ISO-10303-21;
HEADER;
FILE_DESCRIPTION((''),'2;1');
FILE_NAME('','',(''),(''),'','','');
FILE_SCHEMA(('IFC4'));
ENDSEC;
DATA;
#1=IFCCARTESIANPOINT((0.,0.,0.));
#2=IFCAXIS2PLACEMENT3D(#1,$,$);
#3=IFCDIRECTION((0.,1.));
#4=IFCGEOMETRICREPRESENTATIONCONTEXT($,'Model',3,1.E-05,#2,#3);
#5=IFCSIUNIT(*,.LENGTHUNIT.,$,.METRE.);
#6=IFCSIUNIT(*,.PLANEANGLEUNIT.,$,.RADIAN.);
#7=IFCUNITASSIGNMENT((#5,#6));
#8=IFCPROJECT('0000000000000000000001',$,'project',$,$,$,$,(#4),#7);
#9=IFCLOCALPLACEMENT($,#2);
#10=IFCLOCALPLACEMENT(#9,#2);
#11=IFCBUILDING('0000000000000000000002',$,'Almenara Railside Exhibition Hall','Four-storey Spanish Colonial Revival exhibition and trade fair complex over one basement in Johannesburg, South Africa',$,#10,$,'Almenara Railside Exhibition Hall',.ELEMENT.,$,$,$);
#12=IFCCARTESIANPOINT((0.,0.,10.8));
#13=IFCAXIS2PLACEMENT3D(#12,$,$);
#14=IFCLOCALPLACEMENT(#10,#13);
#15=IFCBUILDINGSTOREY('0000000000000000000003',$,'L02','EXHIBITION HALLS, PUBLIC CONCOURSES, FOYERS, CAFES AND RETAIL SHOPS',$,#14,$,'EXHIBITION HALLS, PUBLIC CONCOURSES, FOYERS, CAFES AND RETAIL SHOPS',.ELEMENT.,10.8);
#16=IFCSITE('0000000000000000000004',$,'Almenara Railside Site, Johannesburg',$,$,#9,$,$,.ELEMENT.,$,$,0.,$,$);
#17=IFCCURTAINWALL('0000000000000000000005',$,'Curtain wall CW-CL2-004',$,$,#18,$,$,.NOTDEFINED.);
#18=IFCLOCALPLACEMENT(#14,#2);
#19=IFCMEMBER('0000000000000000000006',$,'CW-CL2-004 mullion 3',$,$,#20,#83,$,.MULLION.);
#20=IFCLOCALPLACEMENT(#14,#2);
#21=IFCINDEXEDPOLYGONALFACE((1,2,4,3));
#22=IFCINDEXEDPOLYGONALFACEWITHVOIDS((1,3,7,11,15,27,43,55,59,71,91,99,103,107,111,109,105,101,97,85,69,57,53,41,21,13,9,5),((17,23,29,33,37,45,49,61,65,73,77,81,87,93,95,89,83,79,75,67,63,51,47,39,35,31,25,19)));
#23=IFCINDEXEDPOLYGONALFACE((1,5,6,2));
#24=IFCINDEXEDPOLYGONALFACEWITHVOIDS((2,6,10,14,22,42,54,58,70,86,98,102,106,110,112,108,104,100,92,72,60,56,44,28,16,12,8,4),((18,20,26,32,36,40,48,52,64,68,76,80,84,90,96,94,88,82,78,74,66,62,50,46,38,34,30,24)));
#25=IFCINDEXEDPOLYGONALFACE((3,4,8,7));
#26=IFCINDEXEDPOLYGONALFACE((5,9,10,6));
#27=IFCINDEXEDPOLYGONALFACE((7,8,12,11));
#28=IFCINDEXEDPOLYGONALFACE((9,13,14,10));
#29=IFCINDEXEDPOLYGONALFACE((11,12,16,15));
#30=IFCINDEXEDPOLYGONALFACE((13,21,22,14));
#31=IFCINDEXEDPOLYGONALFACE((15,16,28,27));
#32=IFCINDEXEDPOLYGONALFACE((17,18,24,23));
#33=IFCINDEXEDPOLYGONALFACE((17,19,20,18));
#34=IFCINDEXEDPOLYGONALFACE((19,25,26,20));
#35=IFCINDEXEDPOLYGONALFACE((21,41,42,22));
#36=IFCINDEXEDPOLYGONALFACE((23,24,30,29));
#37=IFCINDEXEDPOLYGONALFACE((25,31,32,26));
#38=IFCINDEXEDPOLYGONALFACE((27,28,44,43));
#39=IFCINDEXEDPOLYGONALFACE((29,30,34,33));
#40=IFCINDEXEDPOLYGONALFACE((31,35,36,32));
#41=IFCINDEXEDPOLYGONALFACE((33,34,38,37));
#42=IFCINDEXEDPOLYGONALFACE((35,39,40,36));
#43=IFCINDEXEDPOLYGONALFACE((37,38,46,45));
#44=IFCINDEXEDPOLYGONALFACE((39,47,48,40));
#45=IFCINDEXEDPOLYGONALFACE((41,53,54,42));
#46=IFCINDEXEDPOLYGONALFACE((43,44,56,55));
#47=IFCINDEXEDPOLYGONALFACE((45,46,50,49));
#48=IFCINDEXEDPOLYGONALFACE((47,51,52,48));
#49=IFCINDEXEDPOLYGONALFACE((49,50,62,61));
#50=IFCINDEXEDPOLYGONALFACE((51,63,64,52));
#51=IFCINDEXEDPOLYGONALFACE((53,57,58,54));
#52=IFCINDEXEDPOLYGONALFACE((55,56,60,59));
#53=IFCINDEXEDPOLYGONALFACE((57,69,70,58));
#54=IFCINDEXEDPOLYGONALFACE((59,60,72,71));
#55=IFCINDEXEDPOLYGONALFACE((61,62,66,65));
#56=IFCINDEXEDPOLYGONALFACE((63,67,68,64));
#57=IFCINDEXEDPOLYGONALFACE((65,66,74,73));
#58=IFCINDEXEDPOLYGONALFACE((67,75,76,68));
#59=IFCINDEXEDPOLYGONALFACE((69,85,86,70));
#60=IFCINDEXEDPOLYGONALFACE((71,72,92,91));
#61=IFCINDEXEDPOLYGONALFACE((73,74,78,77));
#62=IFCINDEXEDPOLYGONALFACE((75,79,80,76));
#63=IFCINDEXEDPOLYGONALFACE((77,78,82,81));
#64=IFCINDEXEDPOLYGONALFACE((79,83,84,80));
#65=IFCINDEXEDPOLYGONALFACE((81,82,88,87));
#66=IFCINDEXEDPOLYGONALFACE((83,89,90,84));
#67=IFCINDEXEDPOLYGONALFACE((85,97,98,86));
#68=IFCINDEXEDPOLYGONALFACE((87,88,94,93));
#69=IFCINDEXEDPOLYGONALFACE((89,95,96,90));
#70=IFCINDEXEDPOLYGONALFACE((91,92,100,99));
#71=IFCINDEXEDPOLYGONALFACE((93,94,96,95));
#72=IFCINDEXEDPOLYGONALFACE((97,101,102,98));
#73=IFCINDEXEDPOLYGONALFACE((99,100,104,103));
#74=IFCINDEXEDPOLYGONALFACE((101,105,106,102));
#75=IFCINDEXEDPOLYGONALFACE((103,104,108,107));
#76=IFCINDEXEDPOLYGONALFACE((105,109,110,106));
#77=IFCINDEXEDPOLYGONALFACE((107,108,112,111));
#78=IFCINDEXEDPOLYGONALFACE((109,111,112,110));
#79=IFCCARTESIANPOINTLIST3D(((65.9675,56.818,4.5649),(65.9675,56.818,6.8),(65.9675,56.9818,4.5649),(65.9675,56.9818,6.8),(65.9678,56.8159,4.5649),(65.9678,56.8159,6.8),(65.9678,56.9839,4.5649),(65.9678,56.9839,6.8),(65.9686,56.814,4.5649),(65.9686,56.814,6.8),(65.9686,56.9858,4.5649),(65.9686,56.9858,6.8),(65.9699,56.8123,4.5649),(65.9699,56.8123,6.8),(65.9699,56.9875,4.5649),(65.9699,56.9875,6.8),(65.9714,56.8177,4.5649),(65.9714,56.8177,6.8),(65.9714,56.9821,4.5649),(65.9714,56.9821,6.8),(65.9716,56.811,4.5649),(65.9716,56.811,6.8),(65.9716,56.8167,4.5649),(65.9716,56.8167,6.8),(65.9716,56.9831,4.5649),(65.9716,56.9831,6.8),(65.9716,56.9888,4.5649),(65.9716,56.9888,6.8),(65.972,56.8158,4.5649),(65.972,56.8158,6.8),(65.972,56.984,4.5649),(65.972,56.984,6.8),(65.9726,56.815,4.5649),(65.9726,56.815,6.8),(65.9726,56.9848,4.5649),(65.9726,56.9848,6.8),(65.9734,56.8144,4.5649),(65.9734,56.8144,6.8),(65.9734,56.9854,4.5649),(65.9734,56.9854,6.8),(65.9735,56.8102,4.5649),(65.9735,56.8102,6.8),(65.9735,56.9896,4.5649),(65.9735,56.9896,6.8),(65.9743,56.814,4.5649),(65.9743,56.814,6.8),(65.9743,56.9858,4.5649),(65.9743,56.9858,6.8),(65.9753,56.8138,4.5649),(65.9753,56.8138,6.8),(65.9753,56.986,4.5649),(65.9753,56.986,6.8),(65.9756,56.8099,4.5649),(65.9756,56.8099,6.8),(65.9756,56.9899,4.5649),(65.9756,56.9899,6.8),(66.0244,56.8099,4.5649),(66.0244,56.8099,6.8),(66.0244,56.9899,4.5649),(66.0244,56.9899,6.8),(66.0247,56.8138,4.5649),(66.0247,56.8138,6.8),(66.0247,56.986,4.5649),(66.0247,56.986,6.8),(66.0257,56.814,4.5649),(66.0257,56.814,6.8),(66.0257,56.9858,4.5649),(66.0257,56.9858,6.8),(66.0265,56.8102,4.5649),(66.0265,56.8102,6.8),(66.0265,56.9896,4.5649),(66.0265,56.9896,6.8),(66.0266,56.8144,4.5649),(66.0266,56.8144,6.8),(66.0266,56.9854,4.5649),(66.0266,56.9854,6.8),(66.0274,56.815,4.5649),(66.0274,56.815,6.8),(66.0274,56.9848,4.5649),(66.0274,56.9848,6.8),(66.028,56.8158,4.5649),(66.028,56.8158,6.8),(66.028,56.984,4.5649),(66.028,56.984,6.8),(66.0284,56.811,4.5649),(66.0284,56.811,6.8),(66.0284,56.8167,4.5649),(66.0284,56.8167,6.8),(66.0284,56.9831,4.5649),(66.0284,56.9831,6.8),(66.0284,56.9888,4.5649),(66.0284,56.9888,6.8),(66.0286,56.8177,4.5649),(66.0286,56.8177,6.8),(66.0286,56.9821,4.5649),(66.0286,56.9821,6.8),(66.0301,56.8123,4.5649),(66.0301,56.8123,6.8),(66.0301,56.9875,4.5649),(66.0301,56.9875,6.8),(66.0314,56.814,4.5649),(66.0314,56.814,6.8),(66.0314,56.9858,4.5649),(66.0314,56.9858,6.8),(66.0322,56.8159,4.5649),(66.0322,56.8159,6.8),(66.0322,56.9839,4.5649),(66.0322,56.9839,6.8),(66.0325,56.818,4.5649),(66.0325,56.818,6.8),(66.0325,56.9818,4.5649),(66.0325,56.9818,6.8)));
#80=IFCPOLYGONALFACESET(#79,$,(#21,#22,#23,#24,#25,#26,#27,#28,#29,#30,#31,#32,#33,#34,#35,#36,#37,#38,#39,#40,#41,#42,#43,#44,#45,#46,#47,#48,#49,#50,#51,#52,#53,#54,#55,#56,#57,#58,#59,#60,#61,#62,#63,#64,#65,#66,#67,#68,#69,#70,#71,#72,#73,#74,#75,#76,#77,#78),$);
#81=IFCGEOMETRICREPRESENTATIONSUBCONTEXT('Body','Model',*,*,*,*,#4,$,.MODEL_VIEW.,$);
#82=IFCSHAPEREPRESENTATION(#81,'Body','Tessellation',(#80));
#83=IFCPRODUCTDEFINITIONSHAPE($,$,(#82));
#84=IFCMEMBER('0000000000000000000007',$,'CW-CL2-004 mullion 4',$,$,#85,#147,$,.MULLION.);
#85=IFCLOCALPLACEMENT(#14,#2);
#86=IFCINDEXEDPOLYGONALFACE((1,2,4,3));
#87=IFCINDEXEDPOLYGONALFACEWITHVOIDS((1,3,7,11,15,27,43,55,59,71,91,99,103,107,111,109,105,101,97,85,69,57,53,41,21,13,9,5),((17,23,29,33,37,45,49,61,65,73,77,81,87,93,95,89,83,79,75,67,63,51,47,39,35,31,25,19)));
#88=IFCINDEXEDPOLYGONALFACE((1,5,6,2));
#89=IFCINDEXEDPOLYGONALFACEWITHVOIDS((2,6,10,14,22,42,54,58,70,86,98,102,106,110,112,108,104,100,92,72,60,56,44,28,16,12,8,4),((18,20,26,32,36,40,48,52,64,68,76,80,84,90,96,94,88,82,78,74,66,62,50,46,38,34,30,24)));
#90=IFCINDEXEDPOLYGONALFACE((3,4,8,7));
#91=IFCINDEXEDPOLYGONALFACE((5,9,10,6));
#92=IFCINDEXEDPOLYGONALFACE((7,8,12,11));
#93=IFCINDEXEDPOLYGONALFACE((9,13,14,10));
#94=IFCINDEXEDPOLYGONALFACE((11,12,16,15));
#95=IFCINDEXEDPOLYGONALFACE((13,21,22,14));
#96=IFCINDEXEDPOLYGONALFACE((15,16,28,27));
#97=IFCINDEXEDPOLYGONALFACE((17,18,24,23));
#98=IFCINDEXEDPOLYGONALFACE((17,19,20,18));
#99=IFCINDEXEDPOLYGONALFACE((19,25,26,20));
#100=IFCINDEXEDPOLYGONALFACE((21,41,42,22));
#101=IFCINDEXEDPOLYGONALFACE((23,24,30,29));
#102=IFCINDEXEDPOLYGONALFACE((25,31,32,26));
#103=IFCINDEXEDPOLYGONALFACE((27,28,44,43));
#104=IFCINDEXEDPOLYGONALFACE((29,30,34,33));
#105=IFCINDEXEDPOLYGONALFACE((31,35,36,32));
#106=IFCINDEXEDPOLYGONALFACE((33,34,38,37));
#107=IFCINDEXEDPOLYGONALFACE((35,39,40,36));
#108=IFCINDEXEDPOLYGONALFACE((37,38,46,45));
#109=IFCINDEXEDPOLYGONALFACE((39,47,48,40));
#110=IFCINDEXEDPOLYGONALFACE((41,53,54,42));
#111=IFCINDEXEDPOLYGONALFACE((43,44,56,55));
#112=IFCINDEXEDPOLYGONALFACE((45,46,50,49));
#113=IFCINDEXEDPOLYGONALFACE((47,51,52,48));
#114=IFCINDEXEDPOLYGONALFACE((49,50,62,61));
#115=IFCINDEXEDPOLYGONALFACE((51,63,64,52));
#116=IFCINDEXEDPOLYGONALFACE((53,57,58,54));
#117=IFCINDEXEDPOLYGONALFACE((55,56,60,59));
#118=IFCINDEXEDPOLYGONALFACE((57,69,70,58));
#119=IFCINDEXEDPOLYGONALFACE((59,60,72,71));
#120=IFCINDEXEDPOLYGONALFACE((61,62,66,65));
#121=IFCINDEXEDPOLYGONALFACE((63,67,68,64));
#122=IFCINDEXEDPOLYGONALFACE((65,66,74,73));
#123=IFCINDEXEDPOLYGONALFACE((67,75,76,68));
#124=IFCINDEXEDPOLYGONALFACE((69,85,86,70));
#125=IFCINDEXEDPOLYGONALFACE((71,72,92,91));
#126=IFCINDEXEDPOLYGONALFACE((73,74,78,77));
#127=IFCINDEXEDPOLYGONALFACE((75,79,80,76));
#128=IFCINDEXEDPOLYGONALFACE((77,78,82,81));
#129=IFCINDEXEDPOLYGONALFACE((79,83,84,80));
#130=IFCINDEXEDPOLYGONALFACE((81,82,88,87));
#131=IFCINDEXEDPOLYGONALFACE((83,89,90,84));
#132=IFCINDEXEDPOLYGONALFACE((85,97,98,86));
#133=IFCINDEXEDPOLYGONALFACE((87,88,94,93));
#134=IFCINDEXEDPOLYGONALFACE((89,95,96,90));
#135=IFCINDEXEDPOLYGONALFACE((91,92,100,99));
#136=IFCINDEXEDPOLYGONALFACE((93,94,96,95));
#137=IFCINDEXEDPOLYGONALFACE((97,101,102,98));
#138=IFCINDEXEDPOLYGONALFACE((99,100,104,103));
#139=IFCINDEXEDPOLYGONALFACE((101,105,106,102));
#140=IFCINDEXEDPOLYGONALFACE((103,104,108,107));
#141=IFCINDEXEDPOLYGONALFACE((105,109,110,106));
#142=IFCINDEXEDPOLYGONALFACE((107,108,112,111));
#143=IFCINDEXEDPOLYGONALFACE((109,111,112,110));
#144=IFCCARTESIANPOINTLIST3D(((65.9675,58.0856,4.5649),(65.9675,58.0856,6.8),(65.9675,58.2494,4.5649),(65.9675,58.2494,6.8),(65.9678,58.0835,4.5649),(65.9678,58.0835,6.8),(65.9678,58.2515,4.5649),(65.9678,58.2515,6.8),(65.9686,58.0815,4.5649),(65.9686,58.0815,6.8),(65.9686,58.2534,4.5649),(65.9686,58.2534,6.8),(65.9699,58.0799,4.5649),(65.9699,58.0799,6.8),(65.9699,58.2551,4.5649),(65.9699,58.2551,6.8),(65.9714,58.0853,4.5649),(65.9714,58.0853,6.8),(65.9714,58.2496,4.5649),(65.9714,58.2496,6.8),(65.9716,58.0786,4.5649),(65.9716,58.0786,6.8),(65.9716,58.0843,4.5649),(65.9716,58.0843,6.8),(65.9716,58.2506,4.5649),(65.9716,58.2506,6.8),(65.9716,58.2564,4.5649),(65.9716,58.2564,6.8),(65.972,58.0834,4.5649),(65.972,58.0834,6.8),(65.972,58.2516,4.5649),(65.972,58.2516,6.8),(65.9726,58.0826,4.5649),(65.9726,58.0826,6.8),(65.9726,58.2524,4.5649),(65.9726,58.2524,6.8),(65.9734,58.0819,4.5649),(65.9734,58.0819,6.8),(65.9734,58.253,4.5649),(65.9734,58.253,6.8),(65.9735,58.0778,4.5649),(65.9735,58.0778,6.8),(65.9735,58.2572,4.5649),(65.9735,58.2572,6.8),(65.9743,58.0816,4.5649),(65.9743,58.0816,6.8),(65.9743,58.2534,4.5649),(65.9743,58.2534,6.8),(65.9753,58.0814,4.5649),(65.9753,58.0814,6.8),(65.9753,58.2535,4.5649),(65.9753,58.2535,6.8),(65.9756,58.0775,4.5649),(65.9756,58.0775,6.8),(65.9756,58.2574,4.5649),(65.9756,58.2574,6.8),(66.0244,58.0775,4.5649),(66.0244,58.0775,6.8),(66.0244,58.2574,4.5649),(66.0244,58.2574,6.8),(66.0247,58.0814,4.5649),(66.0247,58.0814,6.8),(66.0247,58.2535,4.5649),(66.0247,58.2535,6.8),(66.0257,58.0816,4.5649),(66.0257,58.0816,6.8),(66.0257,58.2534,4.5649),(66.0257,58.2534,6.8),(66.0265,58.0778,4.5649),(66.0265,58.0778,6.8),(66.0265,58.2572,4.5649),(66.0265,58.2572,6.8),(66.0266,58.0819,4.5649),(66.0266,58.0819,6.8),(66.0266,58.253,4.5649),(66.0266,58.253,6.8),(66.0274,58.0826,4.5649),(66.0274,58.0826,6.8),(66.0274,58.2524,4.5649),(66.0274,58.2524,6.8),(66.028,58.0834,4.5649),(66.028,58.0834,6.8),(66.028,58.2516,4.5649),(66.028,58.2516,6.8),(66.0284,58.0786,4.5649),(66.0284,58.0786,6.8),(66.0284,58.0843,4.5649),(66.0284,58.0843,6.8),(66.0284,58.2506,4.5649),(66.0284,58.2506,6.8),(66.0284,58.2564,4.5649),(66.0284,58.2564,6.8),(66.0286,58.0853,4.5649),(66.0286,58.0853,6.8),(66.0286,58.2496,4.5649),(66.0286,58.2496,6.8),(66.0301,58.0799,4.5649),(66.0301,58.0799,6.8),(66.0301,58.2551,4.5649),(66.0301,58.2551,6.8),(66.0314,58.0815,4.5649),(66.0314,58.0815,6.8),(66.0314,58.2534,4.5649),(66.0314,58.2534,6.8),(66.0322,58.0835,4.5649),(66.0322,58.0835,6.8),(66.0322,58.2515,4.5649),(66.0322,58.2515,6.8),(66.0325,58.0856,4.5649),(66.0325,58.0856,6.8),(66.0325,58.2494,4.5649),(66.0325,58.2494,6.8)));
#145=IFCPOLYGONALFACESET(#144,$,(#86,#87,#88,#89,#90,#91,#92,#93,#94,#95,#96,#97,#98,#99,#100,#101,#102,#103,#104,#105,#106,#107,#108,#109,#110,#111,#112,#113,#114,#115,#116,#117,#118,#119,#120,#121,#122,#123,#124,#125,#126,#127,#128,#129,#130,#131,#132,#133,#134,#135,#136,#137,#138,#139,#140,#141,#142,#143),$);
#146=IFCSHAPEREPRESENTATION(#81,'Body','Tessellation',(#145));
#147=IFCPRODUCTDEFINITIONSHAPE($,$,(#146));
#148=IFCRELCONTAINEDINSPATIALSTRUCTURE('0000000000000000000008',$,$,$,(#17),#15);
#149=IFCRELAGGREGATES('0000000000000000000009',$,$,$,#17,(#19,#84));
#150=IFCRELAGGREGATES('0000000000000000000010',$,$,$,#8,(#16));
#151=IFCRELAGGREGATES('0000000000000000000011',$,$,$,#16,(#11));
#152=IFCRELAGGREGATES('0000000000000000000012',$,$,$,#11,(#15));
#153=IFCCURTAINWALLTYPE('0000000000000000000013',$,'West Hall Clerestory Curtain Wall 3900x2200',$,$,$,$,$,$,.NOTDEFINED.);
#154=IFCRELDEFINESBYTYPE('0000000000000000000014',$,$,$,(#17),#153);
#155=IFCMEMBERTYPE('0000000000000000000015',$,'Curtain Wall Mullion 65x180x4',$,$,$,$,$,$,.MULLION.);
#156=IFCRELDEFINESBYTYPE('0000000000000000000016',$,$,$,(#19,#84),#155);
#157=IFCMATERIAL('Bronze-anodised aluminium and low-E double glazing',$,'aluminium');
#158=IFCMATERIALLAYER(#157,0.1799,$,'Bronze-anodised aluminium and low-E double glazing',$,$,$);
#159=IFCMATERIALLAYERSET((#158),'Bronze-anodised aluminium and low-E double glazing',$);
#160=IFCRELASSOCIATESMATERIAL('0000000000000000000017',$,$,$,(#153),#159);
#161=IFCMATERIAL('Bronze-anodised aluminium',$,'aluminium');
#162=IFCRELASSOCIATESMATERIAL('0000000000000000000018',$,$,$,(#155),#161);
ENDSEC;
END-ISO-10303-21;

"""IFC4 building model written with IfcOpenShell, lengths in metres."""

from ifc_helpers import new_model, si_unit, direction, frame, origin, origin_2d, place, context, subcontext, project, spatial, hollow_rectangle, extrude, material, layer, layer_set, material_profile, profile_set, type_object, element, aggregate, save


model = new_model("IFC4")

# Units and contexts
model_context = context("Model", 3, precision=1e-05, world=origin(), true_north=direction((0.0, 1.0)))
body_context = subcontext(model_context, "Body", "Model", "MODEL_VIEW")
ifc_project = project(units=[si_unit("LENGTHUNIT", "METRE"), si_unit("PLANEANGLEUNIT", "RADIAN")], contexts=[model_context])

# Site, building, storey
site_placement = place(None, origin())
site = spatial("IfcSite", under=ifc_project, at=site_placement, Name="Almenara Railside Site, Johannesburg", CompositionType="ELEMENT", RefElevation=0.0)
building_placement = place(site_placement, origin())
building = spatial("IfcBuilding", under=site, at=building_placement, Name="Almenara Railside Exhibition Hall", Description="Four-storey Spanish Colonial Revival exhibition and trade fair complex over one basement in Johannesburg, South Africa", LongName="Almenara Railside Exhibition Hall", CompositionType="ELEMENT")
storey_placement = place(building_placement, frame((0.0, 0.0, 10.8)))
storey = spatial("IfcBuildingStorey", under=building, at=storey_placement, Name="L02", Description="EXHIBITION HALLS, PUBLIC CONCOURSES, FOYERS, CAFES AND RETAIL SHOPS", LongName="EXHIBITION HALLS, PUBLIC CONCOURSES, FOYERS, CAFES AND RETAIL SHOPS", CompositionType="ELEMENT", Elevation=10.8)

# Curtain wall, members
ifc_material_1 = material(Name="Bronze-anodised aluminium and low-E double glazing", Category="aluminium")
ifc_layer_1 = layer(ifc_material_1, 0.1799, Name="Bronze-anodised aluminium and low-E double glazing")
ifc_layer_set_1 = layer_set([ifc_layer_1], Name="Bronze-anodised aluminium and low-E double glazing")
curtain_wall_type = type_object("IfcCurtainWallType", Name="West Hall Clerestory Curtain Wall 3900x2200", PredefinedType="NOTDEFINED", material=ifc_layer_set_1)
curtain_wall_placement = place(storey_placement, origin())
curtain_wall = element("IfcCurtainWall", 1, at=curtain_wall_placement, inside=storey, type_object=curtain_wall_type, Name="Curtain wall CW-CL2-004", PredefinedType="NOTDEFINED")
ifc_material_2 = material(Name="Bronze-anodised aluminium", Category="aluminium")
ifc_material_profile_1 = material_profile(ifc_material_2, hollow_rectangle(XDim=0.0649, YDim=0.1799, WallThickness=0.0039, InnerFilletRadius=0.0039, OuterFilletRadius=0.0081, at=origin_2d()), Name="ALU-MUL 65x180x4")
ifc_profile_set_1 = profile_set([ifc_material_profile_1], Name="Bronze-anodised aluminium")
member_type_1 = type_object("IfcMemberType", Name="Curtain Wall Mullion 65x180x4", PredefinedType="MULLION", material=ifc_profile_set_1)
member_1_placement = place(storey_placement, frame((66.0, 56.8999, 4.5649), z_axis=(0.0, 0.0, 1.0), x_axis=(-1.0, 0.0, 0.0)))
member_1 = element("IfcMember", 2, at=member_1_placement, type_object=member_type_1, Name="CW-CL2-004 mullion 3", PredefinedType="MULLION", context=body_context, shape_type="SweptSolid", body=[
    extrude(hollow_rectangle(XDim=0.0649, YDim=0.1799, WallThickness=0.0039, InnerFilletRadius=0.0039, OuterFilletRadius=0.0081, at=origin_2d()), origin(), (0.0, 0.0, 1.0), 2.2351),
])
member_2_placement = place(storey_placement, frame((66.0, 58.1675, 4.5649), z_axis=(0.0, 0.0, 1.0), x_axis=(-1.0, 0.0, 0.0)))
member_2 = element("IfcMember", 3, at=member_2_placement, type_object=member_type_1, Name="CW-CL2-004 mullion 4", PredefinedType="MULLION", context=body_context, shape_type="SweptSolid", body=[
    extrude(hollow_rectangle(XDim=0.0649, YDim=0.1799, WallThickness=0.0039, InnerFilletRadius=0.0039, OuterFilletRadius=0.0081, at=origin_2d()), origin(), (0.0, 0.0, 1.0), 2.2351),
])
aggregate(curtain_wall, [member_1, member_2])

save(model, "model.ifc")
